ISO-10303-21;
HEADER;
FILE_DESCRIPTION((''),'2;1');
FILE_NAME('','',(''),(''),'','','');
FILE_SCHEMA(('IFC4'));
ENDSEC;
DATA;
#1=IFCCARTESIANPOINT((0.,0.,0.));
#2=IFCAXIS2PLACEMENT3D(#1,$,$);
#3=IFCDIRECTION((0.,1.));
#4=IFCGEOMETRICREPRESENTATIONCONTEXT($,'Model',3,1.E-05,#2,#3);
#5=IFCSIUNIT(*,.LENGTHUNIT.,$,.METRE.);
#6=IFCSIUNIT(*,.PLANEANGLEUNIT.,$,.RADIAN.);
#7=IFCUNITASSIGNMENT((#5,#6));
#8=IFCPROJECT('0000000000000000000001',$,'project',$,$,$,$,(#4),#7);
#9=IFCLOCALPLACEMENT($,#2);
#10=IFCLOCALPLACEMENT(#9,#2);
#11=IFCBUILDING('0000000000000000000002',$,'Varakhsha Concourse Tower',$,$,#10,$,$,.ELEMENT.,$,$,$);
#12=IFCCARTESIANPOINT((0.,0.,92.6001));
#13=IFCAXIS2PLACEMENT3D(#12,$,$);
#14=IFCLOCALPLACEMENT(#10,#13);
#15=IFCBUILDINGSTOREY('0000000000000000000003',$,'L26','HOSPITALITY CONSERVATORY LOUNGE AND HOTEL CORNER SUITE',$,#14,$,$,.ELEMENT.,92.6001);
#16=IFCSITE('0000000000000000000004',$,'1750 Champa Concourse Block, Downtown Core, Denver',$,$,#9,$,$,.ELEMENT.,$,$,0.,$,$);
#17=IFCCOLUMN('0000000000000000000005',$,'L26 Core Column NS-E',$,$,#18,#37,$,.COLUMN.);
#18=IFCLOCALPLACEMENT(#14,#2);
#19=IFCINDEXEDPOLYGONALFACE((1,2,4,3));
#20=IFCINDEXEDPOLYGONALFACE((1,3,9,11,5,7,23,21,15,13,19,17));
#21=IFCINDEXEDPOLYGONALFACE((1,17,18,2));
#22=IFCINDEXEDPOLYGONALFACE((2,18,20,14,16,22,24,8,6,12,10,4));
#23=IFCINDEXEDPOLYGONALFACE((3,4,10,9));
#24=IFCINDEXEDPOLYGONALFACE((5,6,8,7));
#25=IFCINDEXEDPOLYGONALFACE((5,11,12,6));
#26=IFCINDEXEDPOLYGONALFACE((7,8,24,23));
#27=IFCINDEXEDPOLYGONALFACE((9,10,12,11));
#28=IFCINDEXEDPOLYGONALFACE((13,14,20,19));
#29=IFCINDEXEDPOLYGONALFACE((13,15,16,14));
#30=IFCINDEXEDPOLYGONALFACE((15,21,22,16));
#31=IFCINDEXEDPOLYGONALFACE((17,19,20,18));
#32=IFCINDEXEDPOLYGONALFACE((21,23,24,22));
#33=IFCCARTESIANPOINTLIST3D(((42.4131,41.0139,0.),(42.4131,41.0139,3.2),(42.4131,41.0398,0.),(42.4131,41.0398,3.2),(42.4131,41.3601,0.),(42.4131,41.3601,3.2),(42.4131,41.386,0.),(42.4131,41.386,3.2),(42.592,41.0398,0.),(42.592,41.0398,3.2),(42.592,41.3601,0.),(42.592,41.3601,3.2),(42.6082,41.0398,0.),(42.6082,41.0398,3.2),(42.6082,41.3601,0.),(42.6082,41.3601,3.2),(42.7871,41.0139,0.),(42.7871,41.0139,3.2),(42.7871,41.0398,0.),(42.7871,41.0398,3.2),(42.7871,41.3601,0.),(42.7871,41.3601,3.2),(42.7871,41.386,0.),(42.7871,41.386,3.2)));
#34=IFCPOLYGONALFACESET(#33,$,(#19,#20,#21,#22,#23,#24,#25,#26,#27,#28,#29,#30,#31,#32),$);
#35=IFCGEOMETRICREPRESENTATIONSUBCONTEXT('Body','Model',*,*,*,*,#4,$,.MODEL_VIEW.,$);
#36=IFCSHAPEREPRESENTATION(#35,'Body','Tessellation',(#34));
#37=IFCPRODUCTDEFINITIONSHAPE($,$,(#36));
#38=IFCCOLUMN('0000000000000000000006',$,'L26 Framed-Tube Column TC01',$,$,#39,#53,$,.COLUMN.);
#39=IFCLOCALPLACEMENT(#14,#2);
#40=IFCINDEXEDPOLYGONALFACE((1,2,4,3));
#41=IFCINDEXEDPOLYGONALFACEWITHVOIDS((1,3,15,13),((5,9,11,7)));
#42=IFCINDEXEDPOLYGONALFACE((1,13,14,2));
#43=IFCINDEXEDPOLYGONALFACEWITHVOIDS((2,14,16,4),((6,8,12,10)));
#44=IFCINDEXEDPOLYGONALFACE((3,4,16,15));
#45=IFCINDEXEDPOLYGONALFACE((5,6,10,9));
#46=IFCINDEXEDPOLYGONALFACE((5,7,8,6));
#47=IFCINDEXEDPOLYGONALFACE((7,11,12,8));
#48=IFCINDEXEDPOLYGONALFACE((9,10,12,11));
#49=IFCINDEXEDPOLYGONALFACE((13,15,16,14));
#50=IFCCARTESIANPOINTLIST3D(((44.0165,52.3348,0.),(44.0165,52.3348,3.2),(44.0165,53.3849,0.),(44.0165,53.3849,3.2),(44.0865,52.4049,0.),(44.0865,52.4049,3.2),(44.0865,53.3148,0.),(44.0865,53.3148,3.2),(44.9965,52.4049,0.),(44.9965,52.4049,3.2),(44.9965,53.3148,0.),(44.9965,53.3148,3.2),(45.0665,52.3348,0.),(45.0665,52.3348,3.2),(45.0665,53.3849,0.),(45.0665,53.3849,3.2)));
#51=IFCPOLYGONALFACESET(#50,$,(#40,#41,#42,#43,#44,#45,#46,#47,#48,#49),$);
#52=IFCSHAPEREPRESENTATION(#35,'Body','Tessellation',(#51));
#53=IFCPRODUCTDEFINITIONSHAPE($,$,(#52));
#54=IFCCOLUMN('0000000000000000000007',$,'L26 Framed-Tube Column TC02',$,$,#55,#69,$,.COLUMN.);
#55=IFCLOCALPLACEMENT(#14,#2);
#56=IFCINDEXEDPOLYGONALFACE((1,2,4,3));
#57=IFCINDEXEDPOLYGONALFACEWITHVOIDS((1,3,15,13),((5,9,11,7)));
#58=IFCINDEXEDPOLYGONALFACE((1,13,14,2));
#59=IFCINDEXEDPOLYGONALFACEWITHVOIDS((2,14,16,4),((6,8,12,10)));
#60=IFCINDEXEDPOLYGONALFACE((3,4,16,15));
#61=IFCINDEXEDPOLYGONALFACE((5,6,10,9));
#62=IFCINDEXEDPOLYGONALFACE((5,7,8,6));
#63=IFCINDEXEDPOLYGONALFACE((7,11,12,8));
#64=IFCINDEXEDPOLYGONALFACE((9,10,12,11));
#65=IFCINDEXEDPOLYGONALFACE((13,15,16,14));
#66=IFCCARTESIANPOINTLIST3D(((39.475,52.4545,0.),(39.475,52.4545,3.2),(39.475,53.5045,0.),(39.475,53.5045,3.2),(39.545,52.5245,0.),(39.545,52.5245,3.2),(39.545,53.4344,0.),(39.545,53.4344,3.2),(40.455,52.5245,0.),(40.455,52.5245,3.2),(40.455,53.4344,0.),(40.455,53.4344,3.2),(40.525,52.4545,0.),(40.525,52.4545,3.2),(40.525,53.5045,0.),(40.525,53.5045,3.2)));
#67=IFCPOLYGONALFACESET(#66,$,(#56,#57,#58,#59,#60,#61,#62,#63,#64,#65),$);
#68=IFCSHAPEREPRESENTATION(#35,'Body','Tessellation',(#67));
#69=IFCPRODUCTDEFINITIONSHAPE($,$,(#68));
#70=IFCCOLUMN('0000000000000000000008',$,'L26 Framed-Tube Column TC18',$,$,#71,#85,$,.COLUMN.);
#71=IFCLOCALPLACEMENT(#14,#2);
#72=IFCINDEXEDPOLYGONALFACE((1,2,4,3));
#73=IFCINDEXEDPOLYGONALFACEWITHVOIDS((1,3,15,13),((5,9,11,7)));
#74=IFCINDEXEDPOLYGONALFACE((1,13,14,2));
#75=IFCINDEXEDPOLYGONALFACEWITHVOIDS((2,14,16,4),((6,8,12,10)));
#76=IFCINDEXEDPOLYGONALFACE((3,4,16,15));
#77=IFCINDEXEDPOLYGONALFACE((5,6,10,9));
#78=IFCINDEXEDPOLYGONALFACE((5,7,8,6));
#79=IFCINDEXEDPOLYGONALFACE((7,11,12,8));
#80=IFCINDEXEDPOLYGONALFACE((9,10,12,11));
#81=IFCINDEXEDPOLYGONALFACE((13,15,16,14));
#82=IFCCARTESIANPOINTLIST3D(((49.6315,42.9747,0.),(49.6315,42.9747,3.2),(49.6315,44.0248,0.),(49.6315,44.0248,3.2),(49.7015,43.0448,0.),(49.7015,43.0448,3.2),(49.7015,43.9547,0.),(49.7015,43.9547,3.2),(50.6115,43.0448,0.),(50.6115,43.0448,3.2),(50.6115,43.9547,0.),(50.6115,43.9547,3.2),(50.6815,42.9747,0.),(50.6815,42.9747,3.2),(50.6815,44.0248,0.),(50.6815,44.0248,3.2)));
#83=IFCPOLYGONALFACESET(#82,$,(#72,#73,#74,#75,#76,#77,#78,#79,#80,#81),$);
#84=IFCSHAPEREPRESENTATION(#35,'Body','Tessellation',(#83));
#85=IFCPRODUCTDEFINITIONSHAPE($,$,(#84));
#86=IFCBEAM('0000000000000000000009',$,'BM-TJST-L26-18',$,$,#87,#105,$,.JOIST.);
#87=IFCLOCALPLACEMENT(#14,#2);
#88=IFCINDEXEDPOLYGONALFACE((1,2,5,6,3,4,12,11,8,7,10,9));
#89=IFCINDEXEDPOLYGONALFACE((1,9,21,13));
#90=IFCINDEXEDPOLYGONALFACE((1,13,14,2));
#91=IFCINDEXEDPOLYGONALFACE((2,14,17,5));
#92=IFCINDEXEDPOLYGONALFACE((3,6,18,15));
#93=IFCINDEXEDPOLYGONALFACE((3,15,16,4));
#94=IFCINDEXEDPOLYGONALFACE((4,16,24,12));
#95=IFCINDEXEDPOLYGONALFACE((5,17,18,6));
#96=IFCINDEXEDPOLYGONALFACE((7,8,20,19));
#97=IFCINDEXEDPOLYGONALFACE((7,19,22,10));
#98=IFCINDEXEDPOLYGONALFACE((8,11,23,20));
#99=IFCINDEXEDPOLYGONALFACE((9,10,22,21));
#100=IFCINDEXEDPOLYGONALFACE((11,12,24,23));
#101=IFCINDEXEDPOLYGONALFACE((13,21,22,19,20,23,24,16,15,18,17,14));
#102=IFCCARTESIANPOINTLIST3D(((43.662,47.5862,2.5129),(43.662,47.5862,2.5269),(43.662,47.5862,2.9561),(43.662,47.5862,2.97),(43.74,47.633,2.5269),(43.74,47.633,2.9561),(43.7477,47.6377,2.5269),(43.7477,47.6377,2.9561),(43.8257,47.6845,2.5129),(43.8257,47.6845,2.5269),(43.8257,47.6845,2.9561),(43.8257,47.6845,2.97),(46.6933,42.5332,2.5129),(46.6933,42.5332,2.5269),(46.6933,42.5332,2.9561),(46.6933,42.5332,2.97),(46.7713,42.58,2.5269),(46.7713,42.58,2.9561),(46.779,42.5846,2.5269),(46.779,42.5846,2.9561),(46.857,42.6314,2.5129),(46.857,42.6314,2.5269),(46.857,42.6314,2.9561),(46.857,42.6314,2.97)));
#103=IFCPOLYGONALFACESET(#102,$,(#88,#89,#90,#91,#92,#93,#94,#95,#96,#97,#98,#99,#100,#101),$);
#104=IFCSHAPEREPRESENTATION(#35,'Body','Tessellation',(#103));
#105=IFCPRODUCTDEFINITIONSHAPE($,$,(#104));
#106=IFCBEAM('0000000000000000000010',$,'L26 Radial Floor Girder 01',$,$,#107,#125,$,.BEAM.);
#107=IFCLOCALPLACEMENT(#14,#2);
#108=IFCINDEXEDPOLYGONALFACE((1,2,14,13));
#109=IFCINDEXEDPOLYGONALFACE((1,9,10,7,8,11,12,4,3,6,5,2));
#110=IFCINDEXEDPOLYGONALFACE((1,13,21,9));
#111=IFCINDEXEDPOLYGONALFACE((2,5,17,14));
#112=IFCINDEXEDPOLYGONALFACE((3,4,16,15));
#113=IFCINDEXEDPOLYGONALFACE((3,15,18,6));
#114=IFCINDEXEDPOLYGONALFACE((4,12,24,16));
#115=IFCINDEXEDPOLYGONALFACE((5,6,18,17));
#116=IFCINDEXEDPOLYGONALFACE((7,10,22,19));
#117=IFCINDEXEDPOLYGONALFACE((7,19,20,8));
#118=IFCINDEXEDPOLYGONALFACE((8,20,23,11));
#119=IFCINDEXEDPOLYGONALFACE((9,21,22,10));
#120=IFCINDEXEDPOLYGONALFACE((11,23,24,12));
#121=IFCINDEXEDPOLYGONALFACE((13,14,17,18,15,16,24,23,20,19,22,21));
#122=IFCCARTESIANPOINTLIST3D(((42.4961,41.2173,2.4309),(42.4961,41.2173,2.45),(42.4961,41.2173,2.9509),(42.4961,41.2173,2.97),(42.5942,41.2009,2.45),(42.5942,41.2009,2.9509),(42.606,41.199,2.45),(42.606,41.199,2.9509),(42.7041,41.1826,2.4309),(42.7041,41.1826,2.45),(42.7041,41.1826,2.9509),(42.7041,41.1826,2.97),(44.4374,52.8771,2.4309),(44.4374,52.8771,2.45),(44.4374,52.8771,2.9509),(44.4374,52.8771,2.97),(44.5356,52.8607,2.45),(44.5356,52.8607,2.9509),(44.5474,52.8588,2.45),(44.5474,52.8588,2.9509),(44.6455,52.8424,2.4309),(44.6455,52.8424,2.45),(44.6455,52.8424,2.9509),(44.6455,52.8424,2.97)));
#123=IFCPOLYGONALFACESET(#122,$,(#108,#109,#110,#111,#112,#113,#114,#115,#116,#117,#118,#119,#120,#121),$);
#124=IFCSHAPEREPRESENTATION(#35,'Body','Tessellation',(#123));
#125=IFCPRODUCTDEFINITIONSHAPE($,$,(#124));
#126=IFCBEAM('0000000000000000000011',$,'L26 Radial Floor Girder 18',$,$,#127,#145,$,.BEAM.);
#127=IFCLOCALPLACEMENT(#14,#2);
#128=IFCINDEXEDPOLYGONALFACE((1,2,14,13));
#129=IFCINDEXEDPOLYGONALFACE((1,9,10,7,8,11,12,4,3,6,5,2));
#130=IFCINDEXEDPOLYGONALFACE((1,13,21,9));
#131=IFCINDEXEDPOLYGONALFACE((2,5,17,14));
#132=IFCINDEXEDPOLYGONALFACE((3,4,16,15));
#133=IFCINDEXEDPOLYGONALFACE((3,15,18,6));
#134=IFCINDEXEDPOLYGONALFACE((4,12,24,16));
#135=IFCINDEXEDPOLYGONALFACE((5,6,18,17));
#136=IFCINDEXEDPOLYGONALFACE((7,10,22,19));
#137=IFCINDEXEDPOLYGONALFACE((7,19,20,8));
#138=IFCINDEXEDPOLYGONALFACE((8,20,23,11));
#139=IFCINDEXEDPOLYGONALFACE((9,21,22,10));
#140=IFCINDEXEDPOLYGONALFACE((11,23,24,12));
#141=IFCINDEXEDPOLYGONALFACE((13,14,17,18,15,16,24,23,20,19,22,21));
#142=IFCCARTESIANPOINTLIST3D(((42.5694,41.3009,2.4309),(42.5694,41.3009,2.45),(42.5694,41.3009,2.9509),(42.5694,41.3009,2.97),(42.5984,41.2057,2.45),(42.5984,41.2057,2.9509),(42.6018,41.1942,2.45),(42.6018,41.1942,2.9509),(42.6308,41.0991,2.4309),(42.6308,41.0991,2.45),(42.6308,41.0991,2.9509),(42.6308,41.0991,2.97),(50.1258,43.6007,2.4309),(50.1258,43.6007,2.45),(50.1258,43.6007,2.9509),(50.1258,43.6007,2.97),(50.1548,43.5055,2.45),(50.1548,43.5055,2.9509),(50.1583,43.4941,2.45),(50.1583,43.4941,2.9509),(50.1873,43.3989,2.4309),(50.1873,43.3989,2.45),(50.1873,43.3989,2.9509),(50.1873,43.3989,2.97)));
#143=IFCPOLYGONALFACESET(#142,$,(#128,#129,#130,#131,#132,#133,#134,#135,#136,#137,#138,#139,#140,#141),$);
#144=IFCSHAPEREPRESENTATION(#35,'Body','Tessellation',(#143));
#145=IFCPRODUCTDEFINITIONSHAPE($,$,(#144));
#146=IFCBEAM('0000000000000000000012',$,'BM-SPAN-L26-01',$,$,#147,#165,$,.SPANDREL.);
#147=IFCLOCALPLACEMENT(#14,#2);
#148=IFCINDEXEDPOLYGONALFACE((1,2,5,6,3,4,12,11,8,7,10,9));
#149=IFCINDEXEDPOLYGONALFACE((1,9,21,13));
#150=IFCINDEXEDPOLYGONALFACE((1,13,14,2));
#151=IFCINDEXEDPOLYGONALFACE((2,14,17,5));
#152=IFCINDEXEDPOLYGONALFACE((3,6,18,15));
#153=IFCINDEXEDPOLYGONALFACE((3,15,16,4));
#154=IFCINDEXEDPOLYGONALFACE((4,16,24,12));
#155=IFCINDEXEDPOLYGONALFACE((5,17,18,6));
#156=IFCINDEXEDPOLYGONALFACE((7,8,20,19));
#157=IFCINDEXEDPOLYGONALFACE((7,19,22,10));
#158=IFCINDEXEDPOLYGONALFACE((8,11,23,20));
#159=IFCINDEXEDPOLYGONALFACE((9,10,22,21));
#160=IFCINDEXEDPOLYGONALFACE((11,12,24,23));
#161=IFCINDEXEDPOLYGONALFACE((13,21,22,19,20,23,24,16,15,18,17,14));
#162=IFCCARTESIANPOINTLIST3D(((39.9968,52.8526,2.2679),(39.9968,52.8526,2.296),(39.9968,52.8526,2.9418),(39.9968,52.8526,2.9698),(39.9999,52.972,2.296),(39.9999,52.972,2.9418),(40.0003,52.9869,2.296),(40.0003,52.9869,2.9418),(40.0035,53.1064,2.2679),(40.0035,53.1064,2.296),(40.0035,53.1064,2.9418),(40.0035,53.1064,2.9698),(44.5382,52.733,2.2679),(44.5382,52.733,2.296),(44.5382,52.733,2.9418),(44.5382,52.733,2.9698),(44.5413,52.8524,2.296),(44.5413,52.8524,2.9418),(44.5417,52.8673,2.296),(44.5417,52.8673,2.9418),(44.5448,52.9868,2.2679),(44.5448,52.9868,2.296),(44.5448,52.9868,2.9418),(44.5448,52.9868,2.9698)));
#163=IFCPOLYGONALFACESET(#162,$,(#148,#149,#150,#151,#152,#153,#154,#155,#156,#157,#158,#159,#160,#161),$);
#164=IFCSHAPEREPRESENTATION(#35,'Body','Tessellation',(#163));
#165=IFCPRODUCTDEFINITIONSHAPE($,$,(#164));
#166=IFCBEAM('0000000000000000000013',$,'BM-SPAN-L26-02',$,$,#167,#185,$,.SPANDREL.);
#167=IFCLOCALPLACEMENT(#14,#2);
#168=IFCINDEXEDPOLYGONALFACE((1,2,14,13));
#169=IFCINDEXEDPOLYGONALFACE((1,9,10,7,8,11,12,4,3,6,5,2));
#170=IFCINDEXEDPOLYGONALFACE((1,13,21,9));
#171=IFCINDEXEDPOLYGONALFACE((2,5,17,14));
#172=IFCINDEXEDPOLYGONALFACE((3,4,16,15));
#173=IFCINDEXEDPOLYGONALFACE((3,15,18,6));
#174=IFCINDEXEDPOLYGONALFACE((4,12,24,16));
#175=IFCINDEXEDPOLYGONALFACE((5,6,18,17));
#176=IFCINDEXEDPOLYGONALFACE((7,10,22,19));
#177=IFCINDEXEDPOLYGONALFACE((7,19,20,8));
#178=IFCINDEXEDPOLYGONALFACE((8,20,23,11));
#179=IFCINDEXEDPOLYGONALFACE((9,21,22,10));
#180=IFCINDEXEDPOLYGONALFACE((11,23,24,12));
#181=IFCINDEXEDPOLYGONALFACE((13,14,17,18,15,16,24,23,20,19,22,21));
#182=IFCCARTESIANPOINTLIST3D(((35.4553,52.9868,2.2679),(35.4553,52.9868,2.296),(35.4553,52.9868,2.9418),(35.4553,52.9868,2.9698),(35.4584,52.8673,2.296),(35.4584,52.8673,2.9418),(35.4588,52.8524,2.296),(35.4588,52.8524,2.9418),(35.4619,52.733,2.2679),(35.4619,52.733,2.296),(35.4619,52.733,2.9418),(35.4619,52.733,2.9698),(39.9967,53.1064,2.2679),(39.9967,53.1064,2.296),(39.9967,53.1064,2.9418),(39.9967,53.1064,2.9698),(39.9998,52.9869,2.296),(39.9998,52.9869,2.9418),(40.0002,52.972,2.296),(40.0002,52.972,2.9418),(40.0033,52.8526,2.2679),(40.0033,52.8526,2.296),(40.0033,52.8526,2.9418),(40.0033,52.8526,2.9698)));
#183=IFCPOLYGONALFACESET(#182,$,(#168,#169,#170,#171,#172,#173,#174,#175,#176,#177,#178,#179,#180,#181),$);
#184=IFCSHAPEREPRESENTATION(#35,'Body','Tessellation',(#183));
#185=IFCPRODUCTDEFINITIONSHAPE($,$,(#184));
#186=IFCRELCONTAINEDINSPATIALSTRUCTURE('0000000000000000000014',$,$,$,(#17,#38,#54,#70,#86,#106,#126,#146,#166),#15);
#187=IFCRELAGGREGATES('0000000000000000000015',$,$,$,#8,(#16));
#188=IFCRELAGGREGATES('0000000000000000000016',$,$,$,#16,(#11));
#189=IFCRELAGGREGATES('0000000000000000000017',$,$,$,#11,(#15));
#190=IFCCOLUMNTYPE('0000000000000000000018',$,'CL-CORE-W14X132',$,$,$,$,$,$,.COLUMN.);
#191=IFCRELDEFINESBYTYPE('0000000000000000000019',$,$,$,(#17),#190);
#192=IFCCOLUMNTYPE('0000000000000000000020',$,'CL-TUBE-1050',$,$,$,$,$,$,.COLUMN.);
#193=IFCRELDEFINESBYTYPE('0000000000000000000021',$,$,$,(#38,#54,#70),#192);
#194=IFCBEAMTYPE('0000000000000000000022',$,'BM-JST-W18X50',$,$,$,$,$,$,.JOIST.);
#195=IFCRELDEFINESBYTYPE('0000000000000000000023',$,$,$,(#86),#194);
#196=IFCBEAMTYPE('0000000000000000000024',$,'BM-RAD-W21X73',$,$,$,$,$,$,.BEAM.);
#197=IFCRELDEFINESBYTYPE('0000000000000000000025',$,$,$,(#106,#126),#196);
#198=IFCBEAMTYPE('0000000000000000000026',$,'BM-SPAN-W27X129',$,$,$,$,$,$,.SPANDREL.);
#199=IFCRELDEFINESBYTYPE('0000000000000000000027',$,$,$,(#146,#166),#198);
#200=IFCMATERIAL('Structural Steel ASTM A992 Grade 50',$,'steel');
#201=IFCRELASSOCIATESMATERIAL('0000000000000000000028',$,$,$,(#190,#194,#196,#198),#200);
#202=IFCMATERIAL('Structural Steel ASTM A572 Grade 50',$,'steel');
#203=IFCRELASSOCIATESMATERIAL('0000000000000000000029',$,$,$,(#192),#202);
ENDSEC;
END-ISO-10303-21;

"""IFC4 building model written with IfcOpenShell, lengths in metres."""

from ifc_helpers import new_model, si_unit, direction, frame, origin, origin_2d, place, context, subcontext, project, spatial, hollow_rectangle, i_section, extrude, material, material_profile, profile_set, type_object, element, save


model = new_model("IFC4")

# Units and contexts
model_context = context("Model", 3, precision=1e-05, world=origin(), true_north=direction((0.0, 1.0)))
body_context = subcontext(model_context, "Body", "Model", "MODEL_VIEW")
ifc_project = project(units=[si_unit("LENGTHUNIT", "METRE"), si_unit("PLANEANGLEUNIT", "RADIAN")], contexts=[model_context])

# Site, building, storey
site_placement = place(None, origin())
site = spatial("IfcSite", under=ifc_project, at=site_placement, Name="1750 Champa Concourse Block, Downtown Core, Denver", CompositionType="ELEMENT", RefElevation=0.0)
building_placement = place(site_placement, origin())
building = spatial("IfcBuilding", under=site, at=building_placement, Name="Varakhsha Concourse Tower", CompositionType="ELEMENT")
storey_placement = place(building_placement, frame((0.0, 0.0, 92.6001)))
storey = spatial("IfcBuildingStorey", under=building, at=storey_placement, Name="L26", Description="HOSPITALITY CONSERVATORY LOUNGE AND HOTEL CORNER SUITE", CompositionType="ELEMENT", Elevation=92.6001)

# Columns
ifc_material_1 = material(Name="Structural Steel ASTM A992 Grade 50", Category="steel")
ifc_material_profile_1 = material_profile(ifc_material_1, i_section(OverallWidth=0.374, OverallDepth=0.3721, WebThickness=0.0161, FlangeThickness=0.0259, at=origin_2d()), Name="W14X132")
ifc_profile_set_1 = profile_set([ifc_material_profile_1], Name="Structural Steel ASTM A992 Grade 50")
column_type_1 = type_object("IfcColumnType", Name="CL-CORE-W14X132", PredefinedType="COLUMN", material=ifc_profile_set_1)
column_placement = place(storey_placement, frame((42.6001, 41.2, 0.0), z_axis=(0.0, 0.0, 1.0), x_axis=(1.0, 0.0, 0.0)))
element("IfcColumn", 1, at=column_placement, inside=storey, type_object=column_type_1, Name="L26 Core Column NS-E", PredefinedType="COLUMN", context=body_context, shape_type="SweptSolid", body=[
    extrude(i_section(OverallWidth=0.374, OverallDepth=0.3721, WebThickness=0.0161, FlangeThickness=0.0259, at=origin_2d()), origin(), (0.0, 0.0, 1.0), 3.2),
])
ifc_material_2 = material(Name="Structural Steel ASTM A572 Grade 50", Category="steel")
ifc_material_profile_2 = material_profile(ifc_material_2, hollow_rectangle(XDim=1.05, YDim=1.05, WallThickness=0.0701, at=origin_2d()), Name="BOX 1050x1050x70")
ifc_profile_set_2 = profile_set([ifc_material_profile_2], Name="Structural Steel ASTM A572 Grade 50")
column_type_2 = type_object("IfcColumnType", Name="CL-TUBE-1050", PredefinedType="COLUMN", material=ifc_profile_set_2)
for number, where, z_axis, x_axis, name in (
    (2, (44.5415, 52.8599, 0.0), (0.0, 0.0, 1.0), (1.0, 0.0, 0.0), "L26 Framed-Tube Column TC01"),
    (3, (40.0, 52.9795, 0.0), (0.0, 0.0, 1.0), (1.0, 0.0, 0.0), "L26 Framed-Tube Column TC02"),
    (4, (50.1565, 43.4998, 0.0), (0.0, 0.0, 1.0), (1.0, 0.0, 0.0), "L26 Framed-Tube Column TC18"),
):
    element("IfcColumn", number, at=place(storey_placement, frame(where, z_axis=z_axis, x_axis=x_axis)), inside=storey, type_object=column_type_2, Name=name, PredefinedType="COLUMN", context=body_context, shape_type="SweptSolid", body=[
        extrude(hollow_rectangle(XDim=1.05, YDim=1.05, WallThickness=0.0701, at=origin_2d()), origin(), (0.0, 0.0, 1.0), 3.2),
    ])

# Beams
ifc_material_profile_3 = material_profile(ifc_material_1, i_section(OverallWidth=0.1909, OverallDepth=0.457, WebThickness=0.009, FlangeThickness=0.0139, at=origin_2d()), Name="W18X50")
ifc_profile_set_3 = profile_set([ifc_material_profile_3], Name="Structural Steel ASTM A992 Grade 50")
beam_type_1 = type_object("IfcBeamType", Name="BM-JST-W18X50", PredefinedType="JOIST", material=ifc_profile_set_3)
beam_1_placement = place(storey_placement, frame((46.7751, 42.5823, 2.7415), z_axis=(-0.514429, 0.857533, 0.0), x_axis=(-0.857533, -0.514429, 0.0)))
element("IfcBeam", 5, at=beam_1_placement, inside=storey, type_object=beam_type_1, Name="BM-TJST-L26-18", PredefinedType="JOIST", context=body_context, shape_type="SweptSolid", body=[
    extrude(i_section(OverallWidth=0.1909, OverallDepth=0.457, WebThickness=0.009, FlangeThickness=0.0139, at=origin_2d()), origin(), (0.0, 0.0, 1.0), 5.8926),
])
ifc_material_profile_4 = material_profile(ifc_material_1, i_section(OverallWidth=0.2109, OverallDepth=0.5391, WebThickness=0.012, FlangeThickness=0.019, at=origin_2d()), Name="W21X73")
ifc_profile_set_4 = profile_set([ifc_material_profile_4], Name="Structural Steel ASTM A992 Grade 50")
beam_type_2 = type_object("IfcBeamType", Name="BM-RAD-W21X73", PredefinedType="BEAM", material=ifc_profile_set_4)
beam_2_placement = place(storey_placement, frame((42.6001, 41.2, 2.7004), z_axis=(0.164242, 0.98642, 0.0), x_axis=(-0.98642, 0.164242, 0.0)))
element("IfcBeam", 6, at=beam_2_placement, inside=storey, type_object=beam_type_2, Name="L26 Radial Floor Girder 01", PredefinedType="BEAM", context=body_context, shape_type="SweptSolid", body=[
    extrude(i_section(OverallWidth=0.2109, OverallDepth=0.5391, WebThickness=0.012, FlangeThickness=0.019, at=origin_2d()), origin(), (0.0, 0.0, 1.0), 11.8203),
])
beam_3_placement = place(storey_placement, frame((42.6001, 41.2, 2.7004), z_axis=(0.956673, 0.291165, 0.0), x_axis=(-0.291165, 0.956673, 0.0)))
element("IfcBeam", 7, at=beam_3_placement, inside=storey, type_object=beam_type_2, Name="L26 Radial Floor Girder 18", PredefinedType="BEAM", context=body_context, shape_type="SweptSolid", body=[
    extrude(i_section(OverallWidth=0.2109, OverallDepth=0.5391, WebThickness=0.012, FlangeThickness=0.019, at=origin_2d()), origin(), (0.0, 0.0, 1.0), 7.8987),
])
ifc_material_profile_5 = material_profile(ifc_material_1, i_section(OverallWidth=0.2539, OverallDepth=0.7019, WebThickness=0.0149, FlangeThickness=0.0281, at=origin_2d()), Name="W27X129")
ifc_profile_set_5 = profile_set([ifc_material_profile_5], Name="Structural Steel ASTM A992 Grade 50")
beam_type_3 = type_object("IfcBeamType", Name="BM-SPAN-W27X129", PredefinedType="SPANDREL", material=ifc_profile_set_5)
for number, where, z_axis, x_axis, name in (
    (8, (44.5415, 52.8599, 2.6189), (-0.999653, 0.026332, 0.0), (-0.026332, -0.999653, 0.0), "BM-SPAN-L26-01"),
    (9, (40.0, 52.9795, 2.6189), (-0.999653, -0.026332, 0.0), (0.026332, -0.999653, 0.0), "BM-SPAN-L26-02"),
):
    element("IfcBeam", number, at=place(storey_placement, frame(where, z_axis=z_axis, x_axis=x_axis)), inside=storey, type_object=beam_type_3, Name=name, PredefinedType="SPANDREL", context=body_context, shape_type="SweptSolid", body=[
        extrude(i_section(OverallWidth=0.2539, OverallDepth=0.7019, WebThickness=0.0149, FlangeThickness=0.0281, at=origin_2d()), origin(), (0.0, 0.0, 1.0), 4.543),
    ])

save(model, "model.ifc")
